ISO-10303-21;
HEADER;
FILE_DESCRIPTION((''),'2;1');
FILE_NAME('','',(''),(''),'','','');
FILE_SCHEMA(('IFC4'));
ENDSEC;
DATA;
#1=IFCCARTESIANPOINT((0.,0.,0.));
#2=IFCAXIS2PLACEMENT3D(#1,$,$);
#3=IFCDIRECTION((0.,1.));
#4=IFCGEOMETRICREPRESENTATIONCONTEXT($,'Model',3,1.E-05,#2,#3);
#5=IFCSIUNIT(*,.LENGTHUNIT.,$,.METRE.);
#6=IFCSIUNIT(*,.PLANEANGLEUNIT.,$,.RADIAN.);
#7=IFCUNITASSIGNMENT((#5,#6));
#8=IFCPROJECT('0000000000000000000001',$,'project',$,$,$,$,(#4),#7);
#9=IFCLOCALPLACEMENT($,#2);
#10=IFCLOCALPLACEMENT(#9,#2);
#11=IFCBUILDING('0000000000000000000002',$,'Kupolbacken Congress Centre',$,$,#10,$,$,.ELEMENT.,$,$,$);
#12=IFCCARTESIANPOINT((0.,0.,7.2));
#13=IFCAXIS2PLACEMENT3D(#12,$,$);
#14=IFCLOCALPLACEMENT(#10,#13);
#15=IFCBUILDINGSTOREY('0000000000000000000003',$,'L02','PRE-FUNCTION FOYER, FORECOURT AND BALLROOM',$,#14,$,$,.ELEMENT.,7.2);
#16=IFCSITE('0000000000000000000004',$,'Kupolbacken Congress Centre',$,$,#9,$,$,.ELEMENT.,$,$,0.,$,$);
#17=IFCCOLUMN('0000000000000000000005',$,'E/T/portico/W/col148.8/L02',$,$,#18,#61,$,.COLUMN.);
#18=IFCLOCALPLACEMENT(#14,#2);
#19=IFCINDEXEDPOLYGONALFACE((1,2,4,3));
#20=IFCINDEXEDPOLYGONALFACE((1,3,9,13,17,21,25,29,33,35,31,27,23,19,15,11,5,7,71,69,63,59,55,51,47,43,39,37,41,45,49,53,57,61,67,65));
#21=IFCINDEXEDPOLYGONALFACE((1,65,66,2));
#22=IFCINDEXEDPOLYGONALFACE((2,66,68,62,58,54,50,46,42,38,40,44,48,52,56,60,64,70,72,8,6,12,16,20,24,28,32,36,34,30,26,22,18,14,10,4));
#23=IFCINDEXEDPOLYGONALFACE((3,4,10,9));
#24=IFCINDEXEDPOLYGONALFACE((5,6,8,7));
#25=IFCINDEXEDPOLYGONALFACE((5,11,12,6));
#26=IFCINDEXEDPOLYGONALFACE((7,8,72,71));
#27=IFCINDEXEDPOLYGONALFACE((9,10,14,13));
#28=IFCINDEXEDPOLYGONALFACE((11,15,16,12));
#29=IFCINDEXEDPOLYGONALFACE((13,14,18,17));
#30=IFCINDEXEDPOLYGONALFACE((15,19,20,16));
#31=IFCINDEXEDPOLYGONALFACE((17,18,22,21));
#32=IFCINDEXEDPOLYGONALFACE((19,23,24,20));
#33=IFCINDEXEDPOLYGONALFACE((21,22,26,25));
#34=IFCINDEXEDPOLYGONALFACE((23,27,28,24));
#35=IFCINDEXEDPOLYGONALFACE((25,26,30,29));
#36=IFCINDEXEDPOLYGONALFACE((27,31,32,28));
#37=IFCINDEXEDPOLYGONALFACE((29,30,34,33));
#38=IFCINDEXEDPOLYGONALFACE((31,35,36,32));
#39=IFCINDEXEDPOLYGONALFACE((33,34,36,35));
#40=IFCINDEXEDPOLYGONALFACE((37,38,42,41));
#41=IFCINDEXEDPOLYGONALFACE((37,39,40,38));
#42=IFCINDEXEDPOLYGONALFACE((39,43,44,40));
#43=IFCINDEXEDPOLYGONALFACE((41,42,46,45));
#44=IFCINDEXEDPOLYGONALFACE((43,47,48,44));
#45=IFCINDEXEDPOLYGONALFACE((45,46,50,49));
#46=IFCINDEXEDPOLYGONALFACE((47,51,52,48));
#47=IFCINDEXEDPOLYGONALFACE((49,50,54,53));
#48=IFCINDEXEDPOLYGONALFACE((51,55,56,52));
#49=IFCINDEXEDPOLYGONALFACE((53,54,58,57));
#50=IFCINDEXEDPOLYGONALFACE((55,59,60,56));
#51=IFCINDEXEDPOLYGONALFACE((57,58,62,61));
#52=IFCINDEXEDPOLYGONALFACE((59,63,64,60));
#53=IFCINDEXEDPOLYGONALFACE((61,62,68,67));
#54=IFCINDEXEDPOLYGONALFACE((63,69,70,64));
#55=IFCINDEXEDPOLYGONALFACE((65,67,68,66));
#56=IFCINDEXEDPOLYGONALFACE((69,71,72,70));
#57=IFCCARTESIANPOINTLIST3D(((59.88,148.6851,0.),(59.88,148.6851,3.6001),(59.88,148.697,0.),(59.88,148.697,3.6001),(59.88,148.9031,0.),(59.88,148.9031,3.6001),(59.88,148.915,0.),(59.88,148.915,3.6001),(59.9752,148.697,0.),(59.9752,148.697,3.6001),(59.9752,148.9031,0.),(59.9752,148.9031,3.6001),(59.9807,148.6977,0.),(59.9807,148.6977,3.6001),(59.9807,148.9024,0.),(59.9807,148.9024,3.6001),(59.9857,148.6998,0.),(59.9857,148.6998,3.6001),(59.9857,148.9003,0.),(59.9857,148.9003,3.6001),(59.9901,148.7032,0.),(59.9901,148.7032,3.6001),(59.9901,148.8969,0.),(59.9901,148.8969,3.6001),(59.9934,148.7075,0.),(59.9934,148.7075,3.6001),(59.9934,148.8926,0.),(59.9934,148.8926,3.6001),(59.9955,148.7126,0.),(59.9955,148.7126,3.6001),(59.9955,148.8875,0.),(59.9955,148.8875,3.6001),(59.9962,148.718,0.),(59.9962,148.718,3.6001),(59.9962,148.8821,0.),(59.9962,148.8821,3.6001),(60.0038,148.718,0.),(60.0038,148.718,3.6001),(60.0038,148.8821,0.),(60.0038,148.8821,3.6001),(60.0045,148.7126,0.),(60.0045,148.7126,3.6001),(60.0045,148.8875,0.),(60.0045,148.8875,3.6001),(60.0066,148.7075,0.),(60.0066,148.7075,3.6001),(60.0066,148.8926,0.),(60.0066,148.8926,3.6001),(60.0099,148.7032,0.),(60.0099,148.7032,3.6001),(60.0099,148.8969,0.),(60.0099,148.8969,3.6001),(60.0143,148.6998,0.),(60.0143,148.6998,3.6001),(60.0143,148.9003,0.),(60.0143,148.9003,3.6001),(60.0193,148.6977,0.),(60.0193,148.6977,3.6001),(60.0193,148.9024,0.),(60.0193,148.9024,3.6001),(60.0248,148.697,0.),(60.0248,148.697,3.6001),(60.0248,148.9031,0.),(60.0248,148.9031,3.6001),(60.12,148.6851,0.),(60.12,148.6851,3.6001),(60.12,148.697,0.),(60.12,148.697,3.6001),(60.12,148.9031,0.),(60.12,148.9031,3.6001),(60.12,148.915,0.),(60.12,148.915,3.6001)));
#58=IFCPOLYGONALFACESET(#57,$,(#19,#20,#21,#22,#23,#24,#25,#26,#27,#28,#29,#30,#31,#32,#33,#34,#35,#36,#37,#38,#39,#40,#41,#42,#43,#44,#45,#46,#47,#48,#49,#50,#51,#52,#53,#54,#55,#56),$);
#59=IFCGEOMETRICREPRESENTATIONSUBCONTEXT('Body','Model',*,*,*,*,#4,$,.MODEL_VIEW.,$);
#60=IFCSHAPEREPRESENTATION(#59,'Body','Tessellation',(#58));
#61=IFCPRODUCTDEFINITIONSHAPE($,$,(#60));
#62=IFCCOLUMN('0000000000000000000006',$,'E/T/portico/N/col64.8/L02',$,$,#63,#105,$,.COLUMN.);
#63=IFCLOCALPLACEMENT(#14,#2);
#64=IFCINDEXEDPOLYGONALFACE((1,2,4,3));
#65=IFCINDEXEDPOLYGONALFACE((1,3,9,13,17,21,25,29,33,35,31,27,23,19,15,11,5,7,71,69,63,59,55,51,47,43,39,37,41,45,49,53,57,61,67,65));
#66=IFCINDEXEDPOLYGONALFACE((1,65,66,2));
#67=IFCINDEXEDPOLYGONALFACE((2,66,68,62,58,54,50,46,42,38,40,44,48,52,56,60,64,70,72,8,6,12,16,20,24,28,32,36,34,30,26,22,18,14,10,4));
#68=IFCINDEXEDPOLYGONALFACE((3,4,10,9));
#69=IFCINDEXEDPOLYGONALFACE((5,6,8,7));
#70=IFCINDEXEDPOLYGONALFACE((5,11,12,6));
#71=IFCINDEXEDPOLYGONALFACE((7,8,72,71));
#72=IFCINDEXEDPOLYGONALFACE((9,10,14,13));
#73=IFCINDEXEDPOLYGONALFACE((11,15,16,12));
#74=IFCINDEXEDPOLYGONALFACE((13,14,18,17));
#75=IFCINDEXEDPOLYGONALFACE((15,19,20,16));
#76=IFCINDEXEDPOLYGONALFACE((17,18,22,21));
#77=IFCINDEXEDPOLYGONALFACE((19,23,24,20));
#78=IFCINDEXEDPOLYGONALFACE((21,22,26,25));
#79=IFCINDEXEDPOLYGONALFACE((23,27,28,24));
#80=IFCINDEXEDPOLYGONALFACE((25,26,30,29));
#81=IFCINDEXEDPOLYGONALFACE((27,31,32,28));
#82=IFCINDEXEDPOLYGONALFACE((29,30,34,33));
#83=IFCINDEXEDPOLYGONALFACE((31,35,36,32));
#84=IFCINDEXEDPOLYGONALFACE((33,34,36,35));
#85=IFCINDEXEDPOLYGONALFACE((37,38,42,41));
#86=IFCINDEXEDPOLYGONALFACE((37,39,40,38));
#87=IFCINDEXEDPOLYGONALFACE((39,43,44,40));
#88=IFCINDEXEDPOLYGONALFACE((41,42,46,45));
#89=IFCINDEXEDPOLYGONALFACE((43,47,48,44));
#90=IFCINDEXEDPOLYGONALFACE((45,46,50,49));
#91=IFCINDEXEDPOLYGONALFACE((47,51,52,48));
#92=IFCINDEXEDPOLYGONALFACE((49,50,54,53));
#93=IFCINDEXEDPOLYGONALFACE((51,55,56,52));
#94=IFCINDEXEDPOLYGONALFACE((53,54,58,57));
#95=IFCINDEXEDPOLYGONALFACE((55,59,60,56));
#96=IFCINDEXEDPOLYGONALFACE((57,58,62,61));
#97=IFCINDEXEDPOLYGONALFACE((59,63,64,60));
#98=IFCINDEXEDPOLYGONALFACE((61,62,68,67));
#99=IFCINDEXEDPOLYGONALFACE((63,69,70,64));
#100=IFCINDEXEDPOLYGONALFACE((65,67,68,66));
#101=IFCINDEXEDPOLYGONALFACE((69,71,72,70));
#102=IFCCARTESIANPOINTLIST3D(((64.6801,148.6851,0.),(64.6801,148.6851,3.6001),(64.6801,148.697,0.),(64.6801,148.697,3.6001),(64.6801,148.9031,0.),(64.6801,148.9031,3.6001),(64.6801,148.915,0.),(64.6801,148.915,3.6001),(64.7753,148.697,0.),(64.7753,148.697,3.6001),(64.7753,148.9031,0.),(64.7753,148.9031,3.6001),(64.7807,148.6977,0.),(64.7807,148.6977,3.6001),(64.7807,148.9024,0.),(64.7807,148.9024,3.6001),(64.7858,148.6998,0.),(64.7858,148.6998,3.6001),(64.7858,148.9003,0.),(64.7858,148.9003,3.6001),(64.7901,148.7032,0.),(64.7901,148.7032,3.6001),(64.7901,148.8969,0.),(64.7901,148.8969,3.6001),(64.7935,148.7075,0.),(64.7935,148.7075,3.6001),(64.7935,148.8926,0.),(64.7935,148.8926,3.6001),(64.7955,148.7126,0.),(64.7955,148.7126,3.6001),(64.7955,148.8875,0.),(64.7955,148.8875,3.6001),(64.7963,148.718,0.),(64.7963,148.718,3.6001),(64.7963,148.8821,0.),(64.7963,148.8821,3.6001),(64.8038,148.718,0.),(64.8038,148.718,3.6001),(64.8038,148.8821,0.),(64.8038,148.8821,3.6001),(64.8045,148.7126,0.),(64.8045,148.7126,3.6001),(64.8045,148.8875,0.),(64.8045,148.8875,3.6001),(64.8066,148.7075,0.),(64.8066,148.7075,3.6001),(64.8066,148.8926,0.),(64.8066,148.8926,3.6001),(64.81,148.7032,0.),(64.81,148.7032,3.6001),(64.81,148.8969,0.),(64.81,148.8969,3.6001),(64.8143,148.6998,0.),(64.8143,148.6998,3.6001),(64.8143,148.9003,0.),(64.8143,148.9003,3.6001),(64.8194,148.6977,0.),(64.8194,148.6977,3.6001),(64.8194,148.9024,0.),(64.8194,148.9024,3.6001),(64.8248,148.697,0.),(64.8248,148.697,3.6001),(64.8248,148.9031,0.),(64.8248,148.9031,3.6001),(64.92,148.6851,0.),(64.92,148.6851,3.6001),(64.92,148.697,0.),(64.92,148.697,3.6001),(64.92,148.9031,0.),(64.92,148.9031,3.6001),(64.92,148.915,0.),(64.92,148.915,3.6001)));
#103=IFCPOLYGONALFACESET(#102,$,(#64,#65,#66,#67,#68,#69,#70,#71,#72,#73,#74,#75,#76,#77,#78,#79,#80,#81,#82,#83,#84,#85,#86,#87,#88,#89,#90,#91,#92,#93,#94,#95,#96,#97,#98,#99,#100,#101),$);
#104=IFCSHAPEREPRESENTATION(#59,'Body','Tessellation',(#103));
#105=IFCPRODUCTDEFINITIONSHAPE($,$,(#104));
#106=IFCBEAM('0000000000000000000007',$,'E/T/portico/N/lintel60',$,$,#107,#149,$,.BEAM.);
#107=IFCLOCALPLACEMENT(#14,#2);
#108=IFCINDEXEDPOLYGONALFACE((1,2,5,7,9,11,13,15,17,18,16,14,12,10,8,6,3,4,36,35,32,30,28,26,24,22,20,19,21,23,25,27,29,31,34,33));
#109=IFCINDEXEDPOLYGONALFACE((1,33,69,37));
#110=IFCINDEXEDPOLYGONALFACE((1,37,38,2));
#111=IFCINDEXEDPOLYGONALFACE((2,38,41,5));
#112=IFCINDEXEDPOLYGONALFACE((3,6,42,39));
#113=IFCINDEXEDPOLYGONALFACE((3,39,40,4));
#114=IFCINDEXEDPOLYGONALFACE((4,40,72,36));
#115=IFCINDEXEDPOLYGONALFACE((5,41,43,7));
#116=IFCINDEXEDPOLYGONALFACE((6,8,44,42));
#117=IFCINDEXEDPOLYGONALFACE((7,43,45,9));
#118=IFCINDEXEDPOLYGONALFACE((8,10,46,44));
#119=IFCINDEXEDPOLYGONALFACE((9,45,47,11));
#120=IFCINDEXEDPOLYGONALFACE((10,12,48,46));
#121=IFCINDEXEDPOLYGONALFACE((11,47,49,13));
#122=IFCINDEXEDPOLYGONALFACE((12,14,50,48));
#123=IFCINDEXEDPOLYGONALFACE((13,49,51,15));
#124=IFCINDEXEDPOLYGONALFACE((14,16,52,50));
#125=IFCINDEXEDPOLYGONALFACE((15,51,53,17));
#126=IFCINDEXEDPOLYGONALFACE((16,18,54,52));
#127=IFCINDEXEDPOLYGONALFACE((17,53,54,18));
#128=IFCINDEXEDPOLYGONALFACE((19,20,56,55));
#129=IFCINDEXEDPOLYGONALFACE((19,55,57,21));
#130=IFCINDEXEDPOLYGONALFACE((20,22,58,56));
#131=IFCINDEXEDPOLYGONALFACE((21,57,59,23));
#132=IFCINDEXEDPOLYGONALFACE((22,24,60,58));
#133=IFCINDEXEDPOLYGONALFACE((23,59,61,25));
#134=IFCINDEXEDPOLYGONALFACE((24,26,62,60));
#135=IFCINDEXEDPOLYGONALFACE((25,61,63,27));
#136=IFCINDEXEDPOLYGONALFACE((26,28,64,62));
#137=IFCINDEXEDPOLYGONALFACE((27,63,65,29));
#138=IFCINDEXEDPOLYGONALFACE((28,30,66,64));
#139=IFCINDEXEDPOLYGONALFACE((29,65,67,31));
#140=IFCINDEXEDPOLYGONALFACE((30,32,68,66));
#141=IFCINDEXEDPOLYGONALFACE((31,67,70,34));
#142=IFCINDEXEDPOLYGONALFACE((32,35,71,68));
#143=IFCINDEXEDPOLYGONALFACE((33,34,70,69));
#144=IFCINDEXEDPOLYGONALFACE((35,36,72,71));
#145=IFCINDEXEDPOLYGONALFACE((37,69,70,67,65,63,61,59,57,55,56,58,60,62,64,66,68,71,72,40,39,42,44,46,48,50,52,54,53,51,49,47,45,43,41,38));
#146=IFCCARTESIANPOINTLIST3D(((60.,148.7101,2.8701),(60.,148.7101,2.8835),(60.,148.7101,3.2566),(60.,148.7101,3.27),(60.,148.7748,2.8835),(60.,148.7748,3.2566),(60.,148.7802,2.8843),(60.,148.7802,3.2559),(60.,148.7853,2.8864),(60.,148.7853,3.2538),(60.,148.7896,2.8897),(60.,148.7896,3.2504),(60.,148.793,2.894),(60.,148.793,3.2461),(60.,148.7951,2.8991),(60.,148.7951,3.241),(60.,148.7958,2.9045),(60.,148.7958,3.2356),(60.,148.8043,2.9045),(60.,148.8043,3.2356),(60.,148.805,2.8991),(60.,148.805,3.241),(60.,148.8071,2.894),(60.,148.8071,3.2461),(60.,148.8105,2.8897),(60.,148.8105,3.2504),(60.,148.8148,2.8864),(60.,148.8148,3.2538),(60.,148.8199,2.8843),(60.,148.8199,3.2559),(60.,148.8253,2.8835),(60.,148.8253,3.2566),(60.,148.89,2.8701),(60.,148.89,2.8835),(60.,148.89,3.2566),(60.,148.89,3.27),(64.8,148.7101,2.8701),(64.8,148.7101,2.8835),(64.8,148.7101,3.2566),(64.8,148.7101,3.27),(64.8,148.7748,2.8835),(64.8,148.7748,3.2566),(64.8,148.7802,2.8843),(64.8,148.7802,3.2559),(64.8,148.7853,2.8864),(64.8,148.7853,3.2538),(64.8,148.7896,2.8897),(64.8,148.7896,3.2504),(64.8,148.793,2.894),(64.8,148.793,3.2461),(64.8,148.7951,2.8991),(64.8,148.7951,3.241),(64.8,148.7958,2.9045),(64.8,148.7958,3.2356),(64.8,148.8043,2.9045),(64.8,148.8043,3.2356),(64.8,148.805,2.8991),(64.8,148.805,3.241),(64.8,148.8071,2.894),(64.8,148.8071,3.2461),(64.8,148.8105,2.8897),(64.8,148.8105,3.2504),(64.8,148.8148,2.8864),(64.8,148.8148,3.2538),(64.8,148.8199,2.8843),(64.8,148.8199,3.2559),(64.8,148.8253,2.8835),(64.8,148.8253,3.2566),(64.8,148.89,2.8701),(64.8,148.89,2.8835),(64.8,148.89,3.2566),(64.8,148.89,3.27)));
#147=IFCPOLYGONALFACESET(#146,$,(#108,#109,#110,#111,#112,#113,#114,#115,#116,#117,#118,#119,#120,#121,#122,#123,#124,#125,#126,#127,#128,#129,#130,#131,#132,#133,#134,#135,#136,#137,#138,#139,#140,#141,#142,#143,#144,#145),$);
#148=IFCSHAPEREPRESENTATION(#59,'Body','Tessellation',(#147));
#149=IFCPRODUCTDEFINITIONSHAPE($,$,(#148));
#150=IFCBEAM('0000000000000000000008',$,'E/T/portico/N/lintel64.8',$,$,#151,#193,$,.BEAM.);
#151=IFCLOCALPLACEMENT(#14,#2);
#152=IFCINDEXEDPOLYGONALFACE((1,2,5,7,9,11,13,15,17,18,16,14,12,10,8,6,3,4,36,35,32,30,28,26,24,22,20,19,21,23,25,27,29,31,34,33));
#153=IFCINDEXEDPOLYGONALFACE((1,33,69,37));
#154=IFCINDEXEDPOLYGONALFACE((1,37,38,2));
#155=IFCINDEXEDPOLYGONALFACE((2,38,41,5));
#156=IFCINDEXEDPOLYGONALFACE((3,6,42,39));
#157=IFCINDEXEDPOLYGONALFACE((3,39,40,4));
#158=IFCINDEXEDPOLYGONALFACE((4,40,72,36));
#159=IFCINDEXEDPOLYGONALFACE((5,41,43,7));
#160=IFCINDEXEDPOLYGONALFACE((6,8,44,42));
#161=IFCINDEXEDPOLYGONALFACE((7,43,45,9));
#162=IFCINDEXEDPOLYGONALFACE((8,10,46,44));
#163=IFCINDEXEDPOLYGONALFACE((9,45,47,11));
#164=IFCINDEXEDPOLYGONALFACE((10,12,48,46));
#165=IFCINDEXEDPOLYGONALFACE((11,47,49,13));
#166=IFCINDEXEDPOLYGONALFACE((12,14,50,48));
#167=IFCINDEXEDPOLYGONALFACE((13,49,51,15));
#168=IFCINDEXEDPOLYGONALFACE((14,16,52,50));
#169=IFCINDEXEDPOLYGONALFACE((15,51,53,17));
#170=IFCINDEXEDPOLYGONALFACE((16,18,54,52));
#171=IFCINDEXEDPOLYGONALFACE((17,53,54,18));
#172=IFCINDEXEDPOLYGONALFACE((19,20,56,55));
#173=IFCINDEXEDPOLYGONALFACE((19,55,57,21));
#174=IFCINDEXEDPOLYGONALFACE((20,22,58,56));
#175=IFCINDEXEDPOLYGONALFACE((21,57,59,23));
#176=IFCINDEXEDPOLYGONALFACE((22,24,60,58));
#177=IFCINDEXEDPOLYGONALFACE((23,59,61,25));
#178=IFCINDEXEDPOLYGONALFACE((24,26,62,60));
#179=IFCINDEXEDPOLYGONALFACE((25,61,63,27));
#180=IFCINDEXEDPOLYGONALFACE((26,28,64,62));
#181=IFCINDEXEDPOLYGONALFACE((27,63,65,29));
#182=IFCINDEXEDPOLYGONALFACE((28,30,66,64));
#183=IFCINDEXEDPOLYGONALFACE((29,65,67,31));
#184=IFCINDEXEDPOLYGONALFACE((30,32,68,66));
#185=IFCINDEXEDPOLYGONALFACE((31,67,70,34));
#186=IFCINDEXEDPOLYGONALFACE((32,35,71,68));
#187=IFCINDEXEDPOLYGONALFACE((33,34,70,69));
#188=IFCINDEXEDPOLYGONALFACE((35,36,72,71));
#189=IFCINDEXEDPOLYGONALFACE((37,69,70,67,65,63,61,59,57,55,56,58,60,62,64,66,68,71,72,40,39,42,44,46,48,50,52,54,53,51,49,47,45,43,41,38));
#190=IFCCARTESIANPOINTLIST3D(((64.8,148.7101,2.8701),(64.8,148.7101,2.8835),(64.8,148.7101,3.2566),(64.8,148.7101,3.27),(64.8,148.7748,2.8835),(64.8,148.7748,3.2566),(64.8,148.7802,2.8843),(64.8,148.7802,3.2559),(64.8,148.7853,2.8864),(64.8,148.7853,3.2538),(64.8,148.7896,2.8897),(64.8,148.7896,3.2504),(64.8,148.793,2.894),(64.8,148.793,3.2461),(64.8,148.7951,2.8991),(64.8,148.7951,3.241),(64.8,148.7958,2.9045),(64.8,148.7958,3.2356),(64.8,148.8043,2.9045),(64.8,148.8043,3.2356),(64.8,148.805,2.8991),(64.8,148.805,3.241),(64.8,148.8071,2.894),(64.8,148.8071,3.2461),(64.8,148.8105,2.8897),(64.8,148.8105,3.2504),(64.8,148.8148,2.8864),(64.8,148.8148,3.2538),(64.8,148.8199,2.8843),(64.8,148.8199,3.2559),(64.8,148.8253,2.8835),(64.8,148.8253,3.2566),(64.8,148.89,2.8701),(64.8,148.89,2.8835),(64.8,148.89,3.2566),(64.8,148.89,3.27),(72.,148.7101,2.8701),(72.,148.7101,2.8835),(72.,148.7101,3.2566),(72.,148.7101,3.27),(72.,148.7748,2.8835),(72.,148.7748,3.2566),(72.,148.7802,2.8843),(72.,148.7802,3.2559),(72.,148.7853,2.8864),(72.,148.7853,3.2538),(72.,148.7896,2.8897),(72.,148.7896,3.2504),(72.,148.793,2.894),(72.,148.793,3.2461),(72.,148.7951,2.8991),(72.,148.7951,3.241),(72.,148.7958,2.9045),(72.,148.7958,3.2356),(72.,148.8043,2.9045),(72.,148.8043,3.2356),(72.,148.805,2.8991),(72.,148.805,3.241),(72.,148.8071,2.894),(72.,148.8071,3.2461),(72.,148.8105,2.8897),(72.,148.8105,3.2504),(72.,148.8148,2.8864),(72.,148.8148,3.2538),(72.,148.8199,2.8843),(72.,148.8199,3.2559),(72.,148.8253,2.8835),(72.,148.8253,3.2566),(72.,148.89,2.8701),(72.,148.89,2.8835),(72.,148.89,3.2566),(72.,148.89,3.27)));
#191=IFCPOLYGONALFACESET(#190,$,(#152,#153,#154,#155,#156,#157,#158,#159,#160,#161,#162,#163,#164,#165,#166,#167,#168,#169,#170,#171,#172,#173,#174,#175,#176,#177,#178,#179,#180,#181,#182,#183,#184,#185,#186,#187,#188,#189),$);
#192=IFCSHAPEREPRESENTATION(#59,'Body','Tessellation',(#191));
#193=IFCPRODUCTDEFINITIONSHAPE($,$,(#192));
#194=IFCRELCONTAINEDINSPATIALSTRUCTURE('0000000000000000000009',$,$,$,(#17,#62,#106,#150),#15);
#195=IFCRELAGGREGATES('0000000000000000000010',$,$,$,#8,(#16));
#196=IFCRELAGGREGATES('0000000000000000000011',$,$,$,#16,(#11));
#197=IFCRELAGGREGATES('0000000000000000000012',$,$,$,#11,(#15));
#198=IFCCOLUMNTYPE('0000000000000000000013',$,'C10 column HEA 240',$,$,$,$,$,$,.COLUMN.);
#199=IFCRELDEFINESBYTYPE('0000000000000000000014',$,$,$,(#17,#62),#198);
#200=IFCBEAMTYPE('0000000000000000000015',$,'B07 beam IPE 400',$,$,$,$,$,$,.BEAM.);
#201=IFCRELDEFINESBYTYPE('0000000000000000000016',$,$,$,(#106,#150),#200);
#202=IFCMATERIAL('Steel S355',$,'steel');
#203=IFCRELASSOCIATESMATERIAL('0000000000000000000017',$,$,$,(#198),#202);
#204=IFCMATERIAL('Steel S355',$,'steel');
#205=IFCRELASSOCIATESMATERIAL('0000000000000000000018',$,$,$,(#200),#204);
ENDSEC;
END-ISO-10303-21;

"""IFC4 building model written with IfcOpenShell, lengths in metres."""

from ifc_helpers import new_model, si_unit, direction, frame, origin, origin_2d, place, context, subcontext, project, spatial, i_section, extrude, material, material_profile, profile_set, type_object, element, save


model = new_model("IFC4")

# Units and contexts
model_context = context("Model", 3, precision=1e-05, world=origin(), true_north=direction((0.0, 1.0)))
body_context = subcontext(model_context, "Body", "Model", "MODEL_VIEW")
ifc_project = project(units=[si_unit("LENGTHUNIT", "METRE"), si_unit("PLANEANGLEUNIT", "RADIAN")], contexts=[model_context])

# Site, building, storey
site_placement = place(None, origin())
site = spatial("IfcSite", under=ifc_project, at=site_placement, Name="Kupolbacken Congress Centre", CompositionType="ELEMENT", RefElevation=0.0)
building_placement = place(site_placement, origin())
building = spatial("IfcBuilding", under=site, at=building_placement, Name="Kupolbacken Congress Centre", CompositionType="ELEMENT")
storey_placement = place(building_placement, frame((0.0, 0.0, 7.2)))
storey = spatial("IfcBuildingStorey", under=building, at=storey_placement, Name="L02", Description="PRE-FUNCTION FOYER, FORECOURT AND BALLROOM", CompositionType="ELEMENT", Elevation=7.2)

# Columns
ifc_material_1 = material(Name="Steel S355", Category="steel")
ifc_material_profile_1 = material_profile(ifc_material_1, i_section(OverallWidth=0.24, OverallDepth=0.23, WebThickness=0.0076, FlangeThickness=0.012, FilletRadius=0.021, at=origin_2d()), Name="HEA 240")
ifc_profile_set_1 = profile_set([ifc_material_profile_1], Name="Steel S355")
column_type = type_object("IfcColumnType", Name="C10 column HEA 240", PredefinedType="COLUMN", material=ifc_profile_set_1)
for number, where, z_axis, x_axis, name in (
    (1, (60.0, 148.8, 0.0), (0.0, 0.0, 1.0), (1.0, 0.0, 0.0), "E/T/portico/W/col148.8/L02"),
    (2, (64.8, 148.8, 0.0), (0.0, 0.0, 1.0), (1.0, 0.0, 0.0), "E/T/portico/N/col64.8/L02"),
):
    element("IfcColumn", number, at=place(storey_placement, frame(where, z_axis=z_axis, x_axis=x_axis)), inside=storey, type_object=column_type, Name=name, PredefinedType="COLUMN", context=body_context, shape_type="SweptSolid", body=[
        extrude(i_section(OverallWidth=0.24, OverallDepth=0.23, WebThickness=0.0076, FlangeThickness=0.012, FilletRadius=0.021, at=origin_2d()), origin(), (0.0, 0.0, 1.0), 3.6001),
    ])

# Beams
ifc_material_2 = material(Name="Steel S355", Category="steel")
ifc_material_profile_2 = material_profile(ifc_material_2, i_section(OverallWidth=0.1799, OverallDepth=0.3999, WebThickness=0.0085, FlangeThickness=0.0134, FilletRadius=0.021, at=origin_2d()), Name="IPE 400")
ifc_profile_set_2 = profile_set([ifc_material_profile_2], Name="Steel S355")
beam_type = type_object("IfcBeamType", Name="B07 beam IPE 400", PredefinedType="BEAM", material=ifc_profile_set_2)
beam_1_placement = place(storey_placement, frame((60.0, 148.8, 3.0701), z_axis=(1.0, 0.0, 0.0), x_axis=(0.0, 1.0, 0.0)))
element("IfcBeam", 3, at=beam_1_placement, inside=storey, type_object=beam_type, Name="E/T/portico/N/lintel60", PredefinedType="BEAM", context=body_context, shape_type="SweptSolid", body=[
    extrude(i_section(OverallWidth=0.1799, OverallDepth=0.3999, WebThickness=0.0085, FlangeThickness=0.0134, FilletRadius=0.021, at=origin_2d()), origin(), (0.0, 0.0, 1.0), 4.8),
])
beam_2_placement = place(storey_placement, frame((64.8, 148.8, 3.0701), z_axis=(1.0, 0.0, 0.0), x_axis=(0.0, 1.0, 0.0)))
element("IfcBeam", 4, at=beam_2_placement, inside=storey, type_object=beam_type, Name="E/T/portico/N/lintel64.8", PredefinedType="BEAM", context=body_context, shape_type="SweptSolid", body=[
    extrude(i_section(OverallWidth=0.1799, OverallDepth=0.3999, WebThickness=0.0085, FlangeThickness=0.0134, FilletRadius=0.021, at=origin_2d()), origin(), (0.0, 0.0, 1.0), 7.2),
])

save(model, "model.ifc")
